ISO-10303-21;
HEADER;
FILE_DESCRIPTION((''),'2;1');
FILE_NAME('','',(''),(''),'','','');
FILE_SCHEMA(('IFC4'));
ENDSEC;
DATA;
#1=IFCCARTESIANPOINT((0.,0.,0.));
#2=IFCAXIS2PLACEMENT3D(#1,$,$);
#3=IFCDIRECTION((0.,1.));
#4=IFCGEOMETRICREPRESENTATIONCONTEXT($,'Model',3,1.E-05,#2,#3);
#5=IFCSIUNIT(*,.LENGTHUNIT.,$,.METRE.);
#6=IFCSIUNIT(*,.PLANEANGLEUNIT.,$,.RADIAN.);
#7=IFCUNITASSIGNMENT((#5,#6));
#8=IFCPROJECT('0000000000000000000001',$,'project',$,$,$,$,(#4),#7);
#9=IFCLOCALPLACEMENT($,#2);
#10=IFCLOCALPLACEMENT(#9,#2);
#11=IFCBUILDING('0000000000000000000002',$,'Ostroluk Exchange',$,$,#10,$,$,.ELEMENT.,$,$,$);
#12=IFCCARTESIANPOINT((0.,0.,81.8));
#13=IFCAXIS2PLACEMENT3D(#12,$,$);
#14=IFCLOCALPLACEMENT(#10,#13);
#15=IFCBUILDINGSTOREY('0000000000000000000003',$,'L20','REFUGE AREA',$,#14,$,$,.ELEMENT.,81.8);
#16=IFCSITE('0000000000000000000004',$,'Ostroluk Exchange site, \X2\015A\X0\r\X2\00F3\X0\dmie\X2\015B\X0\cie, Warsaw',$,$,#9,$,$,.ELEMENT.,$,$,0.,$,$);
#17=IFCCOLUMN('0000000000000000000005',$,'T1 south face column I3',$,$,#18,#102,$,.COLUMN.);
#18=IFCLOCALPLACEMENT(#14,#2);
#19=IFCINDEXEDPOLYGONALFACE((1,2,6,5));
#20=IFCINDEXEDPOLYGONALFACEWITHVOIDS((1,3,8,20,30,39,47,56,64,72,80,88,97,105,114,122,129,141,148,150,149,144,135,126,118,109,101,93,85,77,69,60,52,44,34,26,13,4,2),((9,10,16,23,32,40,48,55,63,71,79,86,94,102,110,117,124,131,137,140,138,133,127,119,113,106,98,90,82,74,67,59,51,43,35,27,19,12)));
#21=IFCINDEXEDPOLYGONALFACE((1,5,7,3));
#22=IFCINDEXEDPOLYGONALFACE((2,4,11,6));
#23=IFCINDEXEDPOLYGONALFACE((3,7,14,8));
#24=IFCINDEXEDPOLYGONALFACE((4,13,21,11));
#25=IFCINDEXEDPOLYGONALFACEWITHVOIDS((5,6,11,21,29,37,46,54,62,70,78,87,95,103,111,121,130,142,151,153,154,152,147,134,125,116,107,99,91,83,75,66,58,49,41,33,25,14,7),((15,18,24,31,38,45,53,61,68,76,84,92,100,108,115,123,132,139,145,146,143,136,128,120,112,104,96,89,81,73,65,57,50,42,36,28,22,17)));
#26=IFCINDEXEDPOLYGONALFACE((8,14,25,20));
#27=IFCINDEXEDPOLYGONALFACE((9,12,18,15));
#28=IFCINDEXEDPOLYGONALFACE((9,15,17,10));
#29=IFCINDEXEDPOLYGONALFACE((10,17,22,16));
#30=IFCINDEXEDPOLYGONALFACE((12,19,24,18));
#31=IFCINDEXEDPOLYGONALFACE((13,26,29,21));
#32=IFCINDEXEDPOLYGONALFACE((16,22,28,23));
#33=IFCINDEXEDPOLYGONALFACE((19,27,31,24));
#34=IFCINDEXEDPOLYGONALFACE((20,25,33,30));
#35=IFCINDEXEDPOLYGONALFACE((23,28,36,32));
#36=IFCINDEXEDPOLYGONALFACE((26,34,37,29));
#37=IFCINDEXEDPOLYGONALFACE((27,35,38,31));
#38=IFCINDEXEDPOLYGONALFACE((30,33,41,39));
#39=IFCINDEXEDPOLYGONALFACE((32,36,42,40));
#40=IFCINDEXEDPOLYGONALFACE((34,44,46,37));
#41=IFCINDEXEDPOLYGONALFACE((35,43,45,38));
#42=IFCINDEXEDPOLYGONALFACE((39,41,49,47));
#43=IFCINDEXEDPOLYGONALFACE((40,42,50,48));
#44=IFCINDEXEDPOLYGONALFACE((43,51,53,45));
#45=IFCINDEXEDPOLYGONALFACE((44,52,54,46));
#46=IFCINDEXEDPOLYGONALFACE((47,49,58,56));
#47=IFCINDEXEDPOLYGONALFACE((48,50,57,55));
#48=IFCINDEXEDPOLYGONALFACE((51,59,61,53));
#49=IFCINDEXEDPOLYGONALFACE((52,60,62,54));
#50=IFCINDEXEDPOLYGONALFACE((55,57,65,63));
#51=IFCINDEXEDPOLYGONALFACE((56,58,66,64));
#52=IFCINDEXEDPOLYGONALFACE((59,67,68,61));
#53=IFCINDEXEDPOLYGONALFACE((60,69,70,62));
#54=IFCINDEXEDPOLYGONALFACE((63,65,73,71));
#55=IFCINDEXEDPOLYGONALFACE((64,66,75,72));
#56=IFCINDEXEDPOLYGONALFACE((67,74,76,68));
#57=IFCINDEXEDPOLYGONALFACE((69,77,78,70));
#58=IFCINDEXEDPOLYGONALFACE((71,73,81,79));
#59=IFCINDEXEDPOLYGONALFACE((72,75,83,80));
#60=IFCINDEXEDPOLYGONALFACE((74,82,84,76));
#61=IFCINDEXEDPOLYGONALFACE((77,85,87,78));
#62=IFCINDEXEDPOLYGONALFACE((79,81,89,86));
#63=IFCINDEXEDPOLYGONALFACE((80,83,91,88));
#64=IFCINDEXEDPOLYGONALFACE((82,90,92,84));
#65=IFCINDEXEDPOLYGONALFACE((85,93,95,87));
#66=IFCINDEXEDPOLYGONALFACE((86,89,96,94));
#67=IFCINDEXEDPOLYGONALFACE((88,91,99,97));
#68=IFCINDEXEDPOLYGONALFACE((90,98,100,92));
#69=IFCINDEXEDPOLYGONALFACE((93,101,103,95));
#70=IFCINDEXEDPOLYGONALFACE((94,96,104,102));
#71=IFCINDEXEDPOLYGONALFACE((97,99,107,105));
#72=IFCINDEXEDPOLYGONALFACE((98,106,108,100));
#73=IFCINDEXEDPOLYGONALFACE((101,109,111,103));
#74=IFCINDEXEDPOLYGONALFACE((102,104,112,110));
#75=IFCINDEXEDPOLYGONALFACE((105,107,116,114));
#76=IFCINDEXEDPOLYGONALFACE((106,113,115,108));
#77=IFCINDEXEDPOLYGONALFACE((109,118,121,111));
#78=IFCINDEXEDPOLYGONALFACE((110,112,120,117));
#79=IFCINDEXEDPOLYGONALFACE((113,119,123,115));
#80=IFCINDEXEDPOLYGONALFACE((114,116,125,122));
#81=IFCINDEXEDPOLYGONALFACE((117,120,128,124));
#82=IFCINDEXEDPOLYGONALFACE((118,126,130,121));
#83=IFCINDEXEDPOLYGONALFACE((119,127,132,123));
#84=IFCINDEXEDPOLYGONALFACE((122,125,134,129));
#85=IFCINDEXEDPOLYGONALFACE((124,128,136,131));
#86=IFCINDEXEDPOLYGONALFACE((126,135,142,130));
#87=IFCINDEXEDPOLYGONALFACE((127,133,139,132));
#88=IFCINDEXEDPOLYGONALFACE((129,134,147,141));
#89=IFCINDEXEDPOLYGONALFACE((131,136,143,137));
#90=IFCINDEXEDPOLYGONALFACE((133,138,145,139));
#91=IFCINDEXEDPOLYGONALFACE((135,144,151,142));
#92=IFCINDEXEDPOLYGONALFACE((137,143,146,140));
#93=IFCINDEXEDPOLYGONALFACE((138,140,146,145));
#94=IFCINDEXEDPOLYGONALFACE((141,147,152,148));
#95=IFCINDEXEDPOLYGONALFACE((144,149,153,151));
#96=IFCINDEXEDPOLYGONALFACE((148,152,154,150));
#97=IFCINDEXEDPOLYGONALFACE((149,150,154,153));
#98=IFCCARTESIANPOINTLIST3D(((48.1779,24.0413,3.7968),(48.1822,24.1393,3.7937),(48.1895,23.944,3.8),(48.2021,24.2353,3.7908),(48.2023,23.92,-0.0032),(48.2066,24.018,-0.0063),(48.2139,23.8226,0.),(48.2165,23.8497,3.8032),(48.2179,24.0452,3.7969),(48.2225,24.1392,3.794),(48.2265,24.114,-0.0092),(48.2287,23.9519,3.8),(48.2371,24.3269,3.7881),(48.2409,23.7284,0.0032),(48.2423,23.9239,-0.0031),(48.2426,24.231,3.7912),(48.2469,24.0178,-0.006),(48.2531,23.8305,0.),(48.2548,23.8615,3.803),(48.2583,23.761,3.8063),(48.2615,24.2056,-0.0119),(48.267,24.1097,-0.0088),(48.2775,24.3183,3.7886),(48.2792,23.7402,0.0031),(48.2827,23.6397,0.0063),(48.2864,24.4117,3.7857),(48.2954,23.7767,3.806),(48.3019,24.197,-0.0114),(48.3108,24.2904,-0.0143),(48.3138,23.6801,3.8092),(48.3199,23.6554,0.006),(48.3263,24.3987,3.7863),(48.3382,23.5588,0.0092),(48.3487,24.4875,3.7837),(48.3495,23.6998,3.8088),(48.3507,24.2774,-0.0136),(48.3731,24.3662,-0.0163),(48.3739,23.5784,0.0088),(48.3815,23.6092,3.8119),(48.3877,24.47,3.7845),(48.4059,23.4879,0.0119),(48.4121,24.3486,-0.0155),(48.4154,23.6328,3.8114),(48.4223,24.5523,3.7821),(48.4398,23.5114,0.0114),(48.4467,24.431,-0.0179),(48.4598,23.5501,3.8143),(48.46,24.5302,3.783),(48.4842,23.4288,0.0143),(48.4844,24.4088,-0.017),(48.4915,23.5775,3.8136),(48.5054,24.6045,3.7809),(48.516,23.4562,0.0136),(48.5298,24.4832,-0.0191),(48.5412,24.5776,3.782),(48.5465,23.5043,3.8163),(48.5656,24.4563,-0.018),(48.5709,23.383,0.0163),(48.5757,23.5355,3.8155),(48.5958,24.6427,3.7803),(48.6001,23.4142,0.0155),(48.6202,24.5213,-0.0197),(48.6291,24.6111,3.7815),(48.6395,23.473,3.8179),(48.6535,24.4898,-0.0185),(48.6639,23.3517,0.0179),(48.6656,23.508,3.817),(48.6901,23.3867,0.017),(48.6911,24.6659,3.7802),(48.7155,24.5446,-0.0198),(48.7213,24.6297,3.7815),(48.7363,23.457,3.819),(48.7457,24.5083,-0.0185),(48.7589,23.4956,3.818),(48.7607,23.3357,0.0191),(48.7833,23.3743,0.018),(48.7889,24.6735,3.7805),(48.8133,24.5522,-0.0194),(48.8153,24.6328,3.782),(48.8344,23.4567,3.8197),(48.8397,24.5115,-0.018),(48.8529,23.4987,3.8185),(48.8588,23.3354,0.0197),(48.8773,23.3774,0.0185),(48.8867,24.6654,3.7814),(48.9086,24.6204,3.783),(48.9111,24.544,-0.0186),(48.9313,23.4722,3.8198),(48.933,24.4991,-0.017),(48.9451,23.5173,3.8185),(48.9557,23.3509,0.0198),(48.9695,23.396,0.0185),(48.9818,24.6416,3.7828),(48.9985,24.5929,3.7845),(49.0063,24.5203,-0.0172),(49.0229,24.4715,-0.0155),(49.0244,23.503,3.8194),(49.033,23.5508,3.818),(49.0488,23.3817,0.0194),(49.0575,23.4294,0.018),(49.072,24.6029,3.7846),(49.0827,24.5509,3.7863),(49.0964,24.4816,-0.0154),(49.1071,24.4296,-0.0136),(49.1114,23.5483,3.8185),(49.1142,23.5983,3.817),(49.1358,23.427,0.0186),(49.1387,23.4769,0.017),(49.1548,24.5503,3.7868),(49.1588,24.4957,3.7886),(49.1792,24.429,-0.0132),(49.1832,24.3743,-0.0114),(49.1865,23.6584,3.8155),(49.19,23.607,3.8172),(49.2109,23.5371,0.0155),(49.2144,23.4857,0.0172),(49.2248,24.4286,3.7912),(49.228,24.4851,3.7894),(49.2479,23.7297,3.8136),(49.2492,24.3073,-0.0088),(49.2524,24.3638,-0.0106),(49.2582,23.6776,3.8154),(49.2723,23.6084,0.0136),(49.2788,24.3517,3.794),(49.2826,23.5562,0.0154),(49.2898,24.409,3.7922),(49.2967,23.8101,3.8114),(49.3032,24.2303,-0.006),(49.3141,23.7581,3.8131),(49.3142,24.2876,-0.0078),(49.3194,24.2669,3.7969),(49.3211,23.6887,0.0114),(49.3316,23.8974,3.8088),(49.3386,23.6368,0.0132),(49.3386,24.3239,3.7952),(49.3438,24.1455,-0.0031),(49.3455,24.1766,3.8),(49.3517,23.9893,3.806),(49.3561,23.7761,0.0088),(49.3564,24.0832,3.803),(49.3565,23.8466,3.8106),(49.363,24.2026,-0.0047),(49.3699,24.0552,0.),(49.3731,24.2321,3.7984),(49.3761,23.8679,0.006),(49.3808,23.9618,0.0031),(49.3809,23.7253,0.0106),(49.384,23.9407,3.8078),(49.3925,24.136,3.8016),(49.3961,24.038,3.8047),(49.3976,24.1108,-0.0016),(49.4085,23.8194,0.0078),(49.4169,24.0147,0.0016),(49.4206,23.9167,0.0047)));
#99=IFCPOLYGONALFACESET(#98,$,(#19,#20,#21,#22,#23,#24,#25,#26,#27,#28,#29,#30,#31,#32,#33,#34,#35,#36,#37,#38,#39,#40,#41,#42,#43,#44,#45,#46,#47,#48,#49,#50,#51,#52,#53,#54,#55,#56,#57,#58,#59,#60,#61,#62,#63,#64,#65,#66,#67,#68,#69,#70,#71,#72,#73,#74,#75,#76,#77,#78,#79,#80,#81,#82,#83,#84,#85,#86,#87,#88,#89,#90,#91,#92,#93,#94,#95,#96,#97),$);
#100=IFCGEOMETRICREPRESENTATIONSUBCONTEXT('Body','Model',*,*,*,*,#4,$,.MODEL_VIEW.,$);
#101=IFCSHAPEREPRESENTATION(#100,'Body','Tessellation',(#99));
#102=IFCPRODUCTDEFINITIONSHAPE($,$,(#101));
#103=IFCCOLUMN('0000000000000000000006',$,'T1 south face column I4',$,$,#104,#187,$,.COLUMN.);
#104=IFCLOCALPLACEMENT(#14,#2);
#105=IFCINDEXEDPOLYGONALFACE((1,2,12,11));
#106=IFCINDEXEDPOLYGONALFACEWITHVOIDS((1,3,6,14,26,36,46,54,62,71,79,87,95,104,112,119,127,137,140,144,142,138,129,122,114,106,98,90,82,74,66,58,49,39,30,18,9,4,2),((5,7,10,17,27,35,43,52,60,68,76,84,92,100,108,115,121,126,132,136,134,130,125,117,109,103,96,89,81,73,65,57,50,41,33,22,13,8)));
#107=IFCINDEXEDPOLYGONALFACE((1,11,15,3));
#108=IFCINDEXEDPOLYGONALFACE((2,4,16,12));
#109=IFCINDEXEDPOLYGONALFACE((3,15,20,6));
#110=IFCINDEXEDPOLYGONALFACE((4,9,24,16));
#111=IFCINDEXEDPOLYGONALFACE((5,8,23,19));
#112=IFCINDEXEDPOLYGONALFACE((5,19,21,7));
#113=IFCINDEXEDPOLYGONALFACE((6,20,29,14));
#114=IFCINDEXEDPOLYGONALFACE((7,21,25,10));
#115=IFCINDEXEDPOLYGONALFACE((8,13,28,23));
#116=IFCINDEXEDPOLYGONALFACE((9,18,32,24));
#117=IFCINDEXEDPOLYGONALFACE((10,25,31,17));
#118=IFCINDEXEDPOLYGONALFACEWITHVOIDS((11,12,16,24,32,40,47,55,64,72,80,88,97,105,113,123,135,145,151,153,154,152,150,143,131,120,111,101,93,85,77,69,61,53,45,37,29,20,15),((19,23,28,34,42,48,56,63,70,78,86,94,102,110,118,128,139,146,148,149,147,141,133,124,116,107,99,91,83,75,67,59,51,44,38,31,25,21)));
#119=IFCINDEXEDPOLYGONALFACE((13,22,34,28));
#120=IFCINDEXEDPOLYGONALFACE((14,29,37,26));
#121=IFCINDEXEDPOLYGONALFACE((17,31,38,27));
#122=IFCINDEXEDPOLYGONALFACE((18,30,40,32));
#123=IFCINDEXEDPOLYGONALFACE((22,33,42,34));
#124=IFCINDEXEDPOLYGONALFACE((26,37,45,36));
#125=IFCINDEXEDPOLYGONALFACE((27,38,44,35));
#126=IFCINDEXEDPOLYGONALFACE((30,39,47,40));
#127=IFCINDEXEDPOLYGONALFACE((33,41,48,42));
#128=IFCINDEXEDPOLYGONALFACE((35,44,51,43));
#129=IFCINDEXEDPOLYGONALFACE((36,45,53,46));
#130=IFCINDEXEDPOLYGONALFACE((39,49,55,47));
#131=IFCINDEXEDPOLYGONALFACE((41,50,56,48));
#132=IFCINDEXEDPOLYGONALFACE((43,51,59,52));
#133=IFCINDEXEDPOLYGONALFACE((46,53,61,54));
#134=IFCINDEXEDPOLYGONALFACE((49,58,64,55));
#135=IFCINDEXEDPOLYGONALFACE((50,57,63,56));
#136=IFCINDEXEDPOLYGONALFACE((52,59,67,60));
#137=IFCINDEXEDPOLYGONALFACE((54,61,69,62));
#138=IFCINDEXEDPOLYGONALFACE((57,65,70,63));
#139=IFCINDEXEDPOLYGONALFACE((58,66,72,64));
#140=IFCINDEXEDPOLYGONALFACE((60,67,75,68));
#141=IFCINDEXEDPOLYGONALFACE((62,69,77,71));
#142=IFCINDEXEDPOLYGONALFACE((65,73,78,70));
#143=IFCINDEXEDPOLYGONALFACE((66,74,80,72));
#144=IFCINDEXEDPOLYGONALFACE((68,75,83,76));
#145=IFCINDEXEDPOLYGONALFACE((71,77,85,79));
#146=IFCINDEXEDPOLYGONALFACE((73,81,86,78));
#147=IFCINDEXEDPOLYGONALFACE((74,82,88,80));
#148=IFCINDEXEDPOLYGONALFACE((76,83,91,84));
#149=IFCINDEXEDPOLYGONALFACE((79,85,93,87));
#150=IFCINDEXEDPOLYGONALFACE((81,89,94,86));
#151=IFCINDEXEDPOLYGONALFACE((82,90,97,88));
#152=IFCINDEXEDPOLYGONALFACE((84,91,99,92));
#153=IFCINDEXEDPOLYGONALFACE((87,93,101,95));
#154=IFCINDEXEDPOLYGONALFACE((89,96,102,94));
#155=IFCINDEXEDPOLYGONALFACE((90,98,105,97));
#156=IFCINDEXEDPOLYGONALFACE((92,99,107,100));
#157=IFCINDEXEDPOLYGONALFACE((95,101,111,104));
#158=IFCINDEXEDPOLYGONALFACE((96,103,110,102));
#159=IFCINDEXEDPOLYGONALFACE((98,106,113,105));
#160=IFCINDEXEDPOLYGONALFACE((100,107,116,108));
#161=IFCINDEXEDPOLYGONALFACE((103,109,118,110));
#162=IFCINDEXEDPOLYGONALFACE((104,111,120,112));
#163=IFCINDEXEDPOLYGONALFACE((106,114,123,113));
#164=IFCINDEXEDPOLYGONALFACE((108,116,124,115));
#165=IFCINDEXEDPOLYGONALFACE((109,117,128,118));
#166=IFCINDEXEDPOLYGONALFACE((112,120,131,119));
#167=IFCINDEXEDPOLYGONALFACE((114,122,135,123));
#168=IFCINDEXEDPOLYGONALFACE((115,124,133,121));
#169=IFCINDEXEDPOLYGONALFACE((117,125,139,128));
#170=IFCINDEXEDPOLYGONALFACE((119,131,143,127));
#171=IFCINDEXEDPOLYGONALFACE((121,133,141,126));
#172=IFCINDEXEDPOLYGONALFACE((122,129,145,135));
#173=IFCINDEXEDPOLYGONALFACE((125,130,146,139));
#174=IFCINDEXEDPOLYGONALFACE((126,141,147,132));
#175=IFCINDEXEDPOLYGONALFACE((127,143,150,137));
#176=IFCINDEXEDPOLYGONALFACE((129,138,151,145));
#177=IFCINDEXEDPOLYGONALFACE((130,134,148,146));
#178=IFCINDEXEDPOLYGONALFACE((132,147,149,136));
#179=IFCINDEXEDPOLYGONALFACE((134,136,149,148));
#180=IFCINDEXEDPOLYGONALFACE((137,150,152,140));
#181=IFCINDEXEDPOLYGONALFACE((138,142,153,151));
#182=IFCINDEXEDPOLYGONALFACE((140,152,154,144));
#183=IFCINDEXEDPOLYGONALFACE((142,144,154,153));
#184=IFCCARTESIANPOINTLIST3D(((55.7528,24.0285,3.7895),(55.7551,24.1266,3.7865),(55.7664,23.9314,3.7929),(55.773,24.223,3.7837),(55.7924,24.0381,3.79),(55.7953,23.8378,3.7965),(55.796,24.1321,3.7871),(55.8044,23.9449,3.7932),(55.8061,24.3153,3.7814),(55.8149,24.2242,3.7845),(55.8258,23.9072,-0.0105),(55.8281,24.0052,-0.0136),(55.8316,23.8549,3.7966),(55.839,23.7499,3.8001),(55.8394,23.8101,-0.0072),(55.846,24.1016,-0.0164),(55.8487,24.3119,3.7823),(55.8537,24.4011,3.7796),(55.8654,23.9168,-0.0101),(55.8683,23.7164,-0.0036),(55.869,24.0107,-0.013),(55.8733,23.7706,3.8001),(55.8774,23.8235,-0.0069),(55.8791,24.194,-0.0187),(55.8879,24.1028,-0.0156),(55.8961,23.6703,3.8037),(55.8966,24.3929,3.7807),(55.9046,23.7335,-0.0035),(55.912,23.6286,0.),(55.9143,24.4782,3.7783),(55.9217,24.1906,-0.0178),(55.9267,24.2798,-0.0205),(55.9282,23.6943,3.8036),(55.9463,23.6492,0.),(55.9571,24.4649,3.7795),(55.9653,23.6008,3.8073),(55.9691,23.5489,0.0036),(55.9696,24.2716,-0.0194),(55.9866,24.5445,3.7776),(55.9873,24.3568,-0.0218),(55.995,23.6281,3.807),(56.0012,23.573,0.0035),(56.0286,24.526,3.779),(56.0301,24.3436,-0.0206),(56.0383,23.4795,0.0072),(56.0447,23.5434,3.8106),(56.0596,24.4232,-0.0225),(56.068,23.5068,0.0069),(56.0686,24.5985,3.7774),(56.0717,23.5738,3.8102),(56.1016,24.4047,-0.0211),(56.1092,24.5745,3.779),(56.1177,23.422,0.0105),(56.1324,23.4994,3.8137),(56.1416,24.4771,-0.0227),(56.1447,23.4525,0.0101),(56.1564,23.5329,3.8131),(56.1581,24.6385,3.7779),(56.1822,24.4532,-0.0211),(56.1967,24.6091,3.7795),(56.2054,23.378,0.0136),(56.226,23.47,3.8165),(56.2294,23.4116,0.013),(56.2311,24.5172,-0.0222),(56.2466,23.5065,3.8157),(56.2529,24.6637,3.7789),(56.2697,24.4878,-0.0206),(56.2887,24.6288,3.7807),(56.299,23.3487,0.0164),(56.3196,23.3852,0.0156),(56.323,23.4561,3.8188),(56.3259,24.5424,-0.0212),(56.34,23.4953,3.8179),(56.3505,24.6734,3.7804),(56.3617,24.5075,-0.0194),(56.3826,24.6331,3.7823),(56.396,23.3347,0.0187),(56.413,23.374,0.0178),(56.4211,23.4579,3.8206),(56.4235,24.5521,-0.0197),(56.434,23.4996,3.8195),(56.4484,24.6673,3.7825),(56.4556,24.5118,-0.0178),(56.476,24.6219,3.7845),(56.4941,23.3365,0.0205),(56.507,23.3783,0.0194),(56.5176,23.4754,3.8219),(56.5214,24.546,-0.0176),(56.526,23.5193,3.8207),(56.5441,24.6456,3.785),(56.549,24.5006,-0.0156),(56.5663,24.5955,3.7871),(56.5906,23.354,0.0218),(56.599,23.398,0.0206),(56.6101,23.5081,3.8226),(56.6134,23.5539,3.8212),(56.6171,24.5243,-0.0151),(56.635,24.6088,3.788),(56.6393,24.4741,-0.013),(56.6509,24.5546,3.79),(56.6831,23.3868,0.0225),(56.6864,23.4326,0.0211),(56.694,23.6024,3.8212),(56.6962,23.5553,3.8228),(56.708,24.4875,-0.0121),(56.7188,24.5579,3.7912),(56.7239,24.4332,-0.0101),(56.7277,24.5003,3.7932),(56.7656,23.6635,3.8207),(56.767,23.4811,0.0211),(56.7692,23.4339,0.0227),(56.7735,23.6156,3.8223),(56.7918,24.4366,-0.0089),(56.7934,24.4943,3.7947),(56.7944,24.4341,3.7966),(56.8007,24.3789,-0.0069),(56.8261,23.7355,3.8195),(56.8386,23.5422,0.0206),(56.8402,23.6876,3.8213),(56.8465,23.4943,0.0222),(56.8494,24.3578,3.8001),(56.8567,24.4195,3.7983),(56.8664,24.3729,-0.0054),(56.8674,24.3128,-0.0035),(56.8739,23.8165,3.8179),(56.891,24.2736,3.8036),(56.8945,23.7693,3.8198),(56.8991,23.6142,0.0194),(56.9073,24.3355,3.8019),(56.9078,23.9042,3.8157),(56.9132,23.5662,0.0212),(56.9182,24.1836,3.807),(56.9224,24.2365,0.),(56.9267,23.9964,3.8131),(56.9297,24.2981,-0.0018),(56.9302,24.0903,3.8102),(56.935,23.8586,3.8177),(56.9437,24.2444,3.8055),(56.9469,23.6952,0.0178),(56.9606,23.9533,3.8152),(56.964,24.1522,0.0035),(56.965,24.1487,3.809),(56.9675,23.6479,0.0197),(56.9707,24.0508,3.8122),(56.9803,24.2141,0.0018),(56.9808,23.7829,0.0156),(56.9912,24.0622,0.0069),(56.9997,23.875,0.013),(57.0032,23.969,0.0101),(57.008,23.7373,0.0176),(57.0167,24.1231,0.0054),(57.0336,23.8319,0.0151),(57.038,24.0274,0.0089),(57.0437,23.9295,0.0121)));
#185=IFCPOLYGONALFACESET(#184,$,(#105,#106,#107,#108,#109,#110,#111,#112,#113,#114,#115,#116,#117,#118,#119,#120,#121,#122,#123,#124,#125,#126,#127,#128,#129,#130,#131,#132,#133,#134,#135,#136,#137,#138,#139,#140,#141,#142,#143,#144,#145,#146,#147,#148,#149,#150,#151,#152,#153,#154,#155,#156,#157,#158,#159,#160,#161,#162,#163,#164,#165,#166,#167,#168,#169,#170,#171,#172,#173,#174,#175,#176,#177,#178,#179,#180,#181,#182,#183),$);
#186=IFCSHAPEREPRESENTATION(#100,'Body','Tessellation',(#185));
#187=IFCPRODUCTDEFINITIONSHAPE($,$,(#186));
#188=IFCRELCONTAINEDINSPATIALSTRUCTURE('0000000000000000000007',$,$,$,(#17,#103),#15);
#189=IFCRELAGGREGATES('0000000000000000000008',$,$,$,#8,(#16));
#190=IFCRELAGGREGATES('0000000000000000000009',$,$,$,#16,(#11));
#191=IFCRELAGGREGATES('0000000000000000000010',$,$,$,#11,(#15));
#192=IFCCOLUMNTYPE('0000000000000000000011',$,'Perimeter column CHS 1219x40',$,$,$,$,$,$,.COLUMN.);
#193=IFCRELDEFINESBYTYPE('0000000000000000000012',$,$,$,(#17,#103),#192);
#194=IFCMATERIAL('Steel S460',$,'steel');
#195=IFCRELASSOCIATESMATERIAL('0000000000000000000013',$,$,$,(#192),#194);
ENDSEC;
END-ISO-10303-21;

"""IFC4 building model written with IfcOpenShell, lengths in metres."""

from ifc_helpers import new_model, si_unit, direction, frame, origin, origin_2d, place, context, subcontext, project, spatial, hollow_circle, extrude, material, material_profile, profile_set, type_object, element, save


model = new_model("IFC4")

# Units and contexts
model_context = context("Model", 3, precision=1e-05, world=origin(), true_north=direction((0.0, 1.0)))
body_context = subcontext(model_context, "Body", "Model", "MODEL_VIEW")
ifc_project = project(units=[si_unit("LENGTHUNIT", "METRE"), si_unit("PLANEANGLEUNIT", "RADIAN")], contexts=[model_context])

# Site, building, storey
site_placement = place(None, origin())
site = spatial("IfcSite", under=ifc_project, at=site_placement, Name="Ostroluk Exchange site, Śródmieście, Warsaw", CompositionType="ELEMENT", RefElevation=0.0)
building_placement = place(site_placement, origin())
building = spatial("IfcBuilding", under=site, at=building_placement, Name="Ostroluk Exchange", CompositionType="ELEMENT")
storey_placement = place(building_placement, frame((0.0, 0.0, 81.8)))
storey = spatial("IfcBuildingStorey", under=building, at=storey_placement, Name="L20", Description="REFUGE AREA", CompositionType="ELEMENT", Elevation=81.8)

# Columns
ifc_material_1 = material(Name="Steel S460", Category="steel")
ifc_material_profile_1 = material_profile(ifc_material_1, hollow_circle(Radius=0.6096, WallThickness=0.04, at=origin_2d()), Name="CHS 1219x40")
ifc_profile_set_1 = profile_set([ifc_material_profile_1], Name="Steel S460")
column_type = type_object("IfcColumnType", Name="Perimeter column CHS 1219x40", PredefinedType="COLUMN", material=ifc_profile_set_1)
column_1_placement = place(storey_placement, frame((48.8115, 23.9429, 0.0), z_axis=(-0.006421, 0.031914, 0.99947), x_axis=(-0.980352, -0.197254, 0.0)))
element("IfcColumn", 1, at=column_1_placement, inside=storey, type_object=column_type, Name="T1 south face column I3", PredefinedType="COLUMN", context=body_context, shape_type="SweptSolid", body=[
    extrude(hollow_circle(Radius=0.6096, WallThickness=0.04, at=origin_2d()), origin(), (0.0, 0.0, 1.0), 3.802),
])
column_2_placement = place(storey_placement, frame((56.4343, 23.9429, 0.0), z_axis=(-0.019196, 0.031908, 0.999306), x_axis=(-0.856884, -0.51551, 0.0)))
element("IfcColumn", 2, at=column_2_placement, inside=storey, type_object=column_type, Name="T1 south face column I4", PredefinedType="COLUMN", context=body_context, shape_type="SweptSolid", body=[
    extrude(hollow_circle(Radius=0.6096, WallThickness=0.04, at=origin_2d()), origin(), (0.0, 0.0, 1.0), 3.8027),
])

save(model, "model.ifc")
